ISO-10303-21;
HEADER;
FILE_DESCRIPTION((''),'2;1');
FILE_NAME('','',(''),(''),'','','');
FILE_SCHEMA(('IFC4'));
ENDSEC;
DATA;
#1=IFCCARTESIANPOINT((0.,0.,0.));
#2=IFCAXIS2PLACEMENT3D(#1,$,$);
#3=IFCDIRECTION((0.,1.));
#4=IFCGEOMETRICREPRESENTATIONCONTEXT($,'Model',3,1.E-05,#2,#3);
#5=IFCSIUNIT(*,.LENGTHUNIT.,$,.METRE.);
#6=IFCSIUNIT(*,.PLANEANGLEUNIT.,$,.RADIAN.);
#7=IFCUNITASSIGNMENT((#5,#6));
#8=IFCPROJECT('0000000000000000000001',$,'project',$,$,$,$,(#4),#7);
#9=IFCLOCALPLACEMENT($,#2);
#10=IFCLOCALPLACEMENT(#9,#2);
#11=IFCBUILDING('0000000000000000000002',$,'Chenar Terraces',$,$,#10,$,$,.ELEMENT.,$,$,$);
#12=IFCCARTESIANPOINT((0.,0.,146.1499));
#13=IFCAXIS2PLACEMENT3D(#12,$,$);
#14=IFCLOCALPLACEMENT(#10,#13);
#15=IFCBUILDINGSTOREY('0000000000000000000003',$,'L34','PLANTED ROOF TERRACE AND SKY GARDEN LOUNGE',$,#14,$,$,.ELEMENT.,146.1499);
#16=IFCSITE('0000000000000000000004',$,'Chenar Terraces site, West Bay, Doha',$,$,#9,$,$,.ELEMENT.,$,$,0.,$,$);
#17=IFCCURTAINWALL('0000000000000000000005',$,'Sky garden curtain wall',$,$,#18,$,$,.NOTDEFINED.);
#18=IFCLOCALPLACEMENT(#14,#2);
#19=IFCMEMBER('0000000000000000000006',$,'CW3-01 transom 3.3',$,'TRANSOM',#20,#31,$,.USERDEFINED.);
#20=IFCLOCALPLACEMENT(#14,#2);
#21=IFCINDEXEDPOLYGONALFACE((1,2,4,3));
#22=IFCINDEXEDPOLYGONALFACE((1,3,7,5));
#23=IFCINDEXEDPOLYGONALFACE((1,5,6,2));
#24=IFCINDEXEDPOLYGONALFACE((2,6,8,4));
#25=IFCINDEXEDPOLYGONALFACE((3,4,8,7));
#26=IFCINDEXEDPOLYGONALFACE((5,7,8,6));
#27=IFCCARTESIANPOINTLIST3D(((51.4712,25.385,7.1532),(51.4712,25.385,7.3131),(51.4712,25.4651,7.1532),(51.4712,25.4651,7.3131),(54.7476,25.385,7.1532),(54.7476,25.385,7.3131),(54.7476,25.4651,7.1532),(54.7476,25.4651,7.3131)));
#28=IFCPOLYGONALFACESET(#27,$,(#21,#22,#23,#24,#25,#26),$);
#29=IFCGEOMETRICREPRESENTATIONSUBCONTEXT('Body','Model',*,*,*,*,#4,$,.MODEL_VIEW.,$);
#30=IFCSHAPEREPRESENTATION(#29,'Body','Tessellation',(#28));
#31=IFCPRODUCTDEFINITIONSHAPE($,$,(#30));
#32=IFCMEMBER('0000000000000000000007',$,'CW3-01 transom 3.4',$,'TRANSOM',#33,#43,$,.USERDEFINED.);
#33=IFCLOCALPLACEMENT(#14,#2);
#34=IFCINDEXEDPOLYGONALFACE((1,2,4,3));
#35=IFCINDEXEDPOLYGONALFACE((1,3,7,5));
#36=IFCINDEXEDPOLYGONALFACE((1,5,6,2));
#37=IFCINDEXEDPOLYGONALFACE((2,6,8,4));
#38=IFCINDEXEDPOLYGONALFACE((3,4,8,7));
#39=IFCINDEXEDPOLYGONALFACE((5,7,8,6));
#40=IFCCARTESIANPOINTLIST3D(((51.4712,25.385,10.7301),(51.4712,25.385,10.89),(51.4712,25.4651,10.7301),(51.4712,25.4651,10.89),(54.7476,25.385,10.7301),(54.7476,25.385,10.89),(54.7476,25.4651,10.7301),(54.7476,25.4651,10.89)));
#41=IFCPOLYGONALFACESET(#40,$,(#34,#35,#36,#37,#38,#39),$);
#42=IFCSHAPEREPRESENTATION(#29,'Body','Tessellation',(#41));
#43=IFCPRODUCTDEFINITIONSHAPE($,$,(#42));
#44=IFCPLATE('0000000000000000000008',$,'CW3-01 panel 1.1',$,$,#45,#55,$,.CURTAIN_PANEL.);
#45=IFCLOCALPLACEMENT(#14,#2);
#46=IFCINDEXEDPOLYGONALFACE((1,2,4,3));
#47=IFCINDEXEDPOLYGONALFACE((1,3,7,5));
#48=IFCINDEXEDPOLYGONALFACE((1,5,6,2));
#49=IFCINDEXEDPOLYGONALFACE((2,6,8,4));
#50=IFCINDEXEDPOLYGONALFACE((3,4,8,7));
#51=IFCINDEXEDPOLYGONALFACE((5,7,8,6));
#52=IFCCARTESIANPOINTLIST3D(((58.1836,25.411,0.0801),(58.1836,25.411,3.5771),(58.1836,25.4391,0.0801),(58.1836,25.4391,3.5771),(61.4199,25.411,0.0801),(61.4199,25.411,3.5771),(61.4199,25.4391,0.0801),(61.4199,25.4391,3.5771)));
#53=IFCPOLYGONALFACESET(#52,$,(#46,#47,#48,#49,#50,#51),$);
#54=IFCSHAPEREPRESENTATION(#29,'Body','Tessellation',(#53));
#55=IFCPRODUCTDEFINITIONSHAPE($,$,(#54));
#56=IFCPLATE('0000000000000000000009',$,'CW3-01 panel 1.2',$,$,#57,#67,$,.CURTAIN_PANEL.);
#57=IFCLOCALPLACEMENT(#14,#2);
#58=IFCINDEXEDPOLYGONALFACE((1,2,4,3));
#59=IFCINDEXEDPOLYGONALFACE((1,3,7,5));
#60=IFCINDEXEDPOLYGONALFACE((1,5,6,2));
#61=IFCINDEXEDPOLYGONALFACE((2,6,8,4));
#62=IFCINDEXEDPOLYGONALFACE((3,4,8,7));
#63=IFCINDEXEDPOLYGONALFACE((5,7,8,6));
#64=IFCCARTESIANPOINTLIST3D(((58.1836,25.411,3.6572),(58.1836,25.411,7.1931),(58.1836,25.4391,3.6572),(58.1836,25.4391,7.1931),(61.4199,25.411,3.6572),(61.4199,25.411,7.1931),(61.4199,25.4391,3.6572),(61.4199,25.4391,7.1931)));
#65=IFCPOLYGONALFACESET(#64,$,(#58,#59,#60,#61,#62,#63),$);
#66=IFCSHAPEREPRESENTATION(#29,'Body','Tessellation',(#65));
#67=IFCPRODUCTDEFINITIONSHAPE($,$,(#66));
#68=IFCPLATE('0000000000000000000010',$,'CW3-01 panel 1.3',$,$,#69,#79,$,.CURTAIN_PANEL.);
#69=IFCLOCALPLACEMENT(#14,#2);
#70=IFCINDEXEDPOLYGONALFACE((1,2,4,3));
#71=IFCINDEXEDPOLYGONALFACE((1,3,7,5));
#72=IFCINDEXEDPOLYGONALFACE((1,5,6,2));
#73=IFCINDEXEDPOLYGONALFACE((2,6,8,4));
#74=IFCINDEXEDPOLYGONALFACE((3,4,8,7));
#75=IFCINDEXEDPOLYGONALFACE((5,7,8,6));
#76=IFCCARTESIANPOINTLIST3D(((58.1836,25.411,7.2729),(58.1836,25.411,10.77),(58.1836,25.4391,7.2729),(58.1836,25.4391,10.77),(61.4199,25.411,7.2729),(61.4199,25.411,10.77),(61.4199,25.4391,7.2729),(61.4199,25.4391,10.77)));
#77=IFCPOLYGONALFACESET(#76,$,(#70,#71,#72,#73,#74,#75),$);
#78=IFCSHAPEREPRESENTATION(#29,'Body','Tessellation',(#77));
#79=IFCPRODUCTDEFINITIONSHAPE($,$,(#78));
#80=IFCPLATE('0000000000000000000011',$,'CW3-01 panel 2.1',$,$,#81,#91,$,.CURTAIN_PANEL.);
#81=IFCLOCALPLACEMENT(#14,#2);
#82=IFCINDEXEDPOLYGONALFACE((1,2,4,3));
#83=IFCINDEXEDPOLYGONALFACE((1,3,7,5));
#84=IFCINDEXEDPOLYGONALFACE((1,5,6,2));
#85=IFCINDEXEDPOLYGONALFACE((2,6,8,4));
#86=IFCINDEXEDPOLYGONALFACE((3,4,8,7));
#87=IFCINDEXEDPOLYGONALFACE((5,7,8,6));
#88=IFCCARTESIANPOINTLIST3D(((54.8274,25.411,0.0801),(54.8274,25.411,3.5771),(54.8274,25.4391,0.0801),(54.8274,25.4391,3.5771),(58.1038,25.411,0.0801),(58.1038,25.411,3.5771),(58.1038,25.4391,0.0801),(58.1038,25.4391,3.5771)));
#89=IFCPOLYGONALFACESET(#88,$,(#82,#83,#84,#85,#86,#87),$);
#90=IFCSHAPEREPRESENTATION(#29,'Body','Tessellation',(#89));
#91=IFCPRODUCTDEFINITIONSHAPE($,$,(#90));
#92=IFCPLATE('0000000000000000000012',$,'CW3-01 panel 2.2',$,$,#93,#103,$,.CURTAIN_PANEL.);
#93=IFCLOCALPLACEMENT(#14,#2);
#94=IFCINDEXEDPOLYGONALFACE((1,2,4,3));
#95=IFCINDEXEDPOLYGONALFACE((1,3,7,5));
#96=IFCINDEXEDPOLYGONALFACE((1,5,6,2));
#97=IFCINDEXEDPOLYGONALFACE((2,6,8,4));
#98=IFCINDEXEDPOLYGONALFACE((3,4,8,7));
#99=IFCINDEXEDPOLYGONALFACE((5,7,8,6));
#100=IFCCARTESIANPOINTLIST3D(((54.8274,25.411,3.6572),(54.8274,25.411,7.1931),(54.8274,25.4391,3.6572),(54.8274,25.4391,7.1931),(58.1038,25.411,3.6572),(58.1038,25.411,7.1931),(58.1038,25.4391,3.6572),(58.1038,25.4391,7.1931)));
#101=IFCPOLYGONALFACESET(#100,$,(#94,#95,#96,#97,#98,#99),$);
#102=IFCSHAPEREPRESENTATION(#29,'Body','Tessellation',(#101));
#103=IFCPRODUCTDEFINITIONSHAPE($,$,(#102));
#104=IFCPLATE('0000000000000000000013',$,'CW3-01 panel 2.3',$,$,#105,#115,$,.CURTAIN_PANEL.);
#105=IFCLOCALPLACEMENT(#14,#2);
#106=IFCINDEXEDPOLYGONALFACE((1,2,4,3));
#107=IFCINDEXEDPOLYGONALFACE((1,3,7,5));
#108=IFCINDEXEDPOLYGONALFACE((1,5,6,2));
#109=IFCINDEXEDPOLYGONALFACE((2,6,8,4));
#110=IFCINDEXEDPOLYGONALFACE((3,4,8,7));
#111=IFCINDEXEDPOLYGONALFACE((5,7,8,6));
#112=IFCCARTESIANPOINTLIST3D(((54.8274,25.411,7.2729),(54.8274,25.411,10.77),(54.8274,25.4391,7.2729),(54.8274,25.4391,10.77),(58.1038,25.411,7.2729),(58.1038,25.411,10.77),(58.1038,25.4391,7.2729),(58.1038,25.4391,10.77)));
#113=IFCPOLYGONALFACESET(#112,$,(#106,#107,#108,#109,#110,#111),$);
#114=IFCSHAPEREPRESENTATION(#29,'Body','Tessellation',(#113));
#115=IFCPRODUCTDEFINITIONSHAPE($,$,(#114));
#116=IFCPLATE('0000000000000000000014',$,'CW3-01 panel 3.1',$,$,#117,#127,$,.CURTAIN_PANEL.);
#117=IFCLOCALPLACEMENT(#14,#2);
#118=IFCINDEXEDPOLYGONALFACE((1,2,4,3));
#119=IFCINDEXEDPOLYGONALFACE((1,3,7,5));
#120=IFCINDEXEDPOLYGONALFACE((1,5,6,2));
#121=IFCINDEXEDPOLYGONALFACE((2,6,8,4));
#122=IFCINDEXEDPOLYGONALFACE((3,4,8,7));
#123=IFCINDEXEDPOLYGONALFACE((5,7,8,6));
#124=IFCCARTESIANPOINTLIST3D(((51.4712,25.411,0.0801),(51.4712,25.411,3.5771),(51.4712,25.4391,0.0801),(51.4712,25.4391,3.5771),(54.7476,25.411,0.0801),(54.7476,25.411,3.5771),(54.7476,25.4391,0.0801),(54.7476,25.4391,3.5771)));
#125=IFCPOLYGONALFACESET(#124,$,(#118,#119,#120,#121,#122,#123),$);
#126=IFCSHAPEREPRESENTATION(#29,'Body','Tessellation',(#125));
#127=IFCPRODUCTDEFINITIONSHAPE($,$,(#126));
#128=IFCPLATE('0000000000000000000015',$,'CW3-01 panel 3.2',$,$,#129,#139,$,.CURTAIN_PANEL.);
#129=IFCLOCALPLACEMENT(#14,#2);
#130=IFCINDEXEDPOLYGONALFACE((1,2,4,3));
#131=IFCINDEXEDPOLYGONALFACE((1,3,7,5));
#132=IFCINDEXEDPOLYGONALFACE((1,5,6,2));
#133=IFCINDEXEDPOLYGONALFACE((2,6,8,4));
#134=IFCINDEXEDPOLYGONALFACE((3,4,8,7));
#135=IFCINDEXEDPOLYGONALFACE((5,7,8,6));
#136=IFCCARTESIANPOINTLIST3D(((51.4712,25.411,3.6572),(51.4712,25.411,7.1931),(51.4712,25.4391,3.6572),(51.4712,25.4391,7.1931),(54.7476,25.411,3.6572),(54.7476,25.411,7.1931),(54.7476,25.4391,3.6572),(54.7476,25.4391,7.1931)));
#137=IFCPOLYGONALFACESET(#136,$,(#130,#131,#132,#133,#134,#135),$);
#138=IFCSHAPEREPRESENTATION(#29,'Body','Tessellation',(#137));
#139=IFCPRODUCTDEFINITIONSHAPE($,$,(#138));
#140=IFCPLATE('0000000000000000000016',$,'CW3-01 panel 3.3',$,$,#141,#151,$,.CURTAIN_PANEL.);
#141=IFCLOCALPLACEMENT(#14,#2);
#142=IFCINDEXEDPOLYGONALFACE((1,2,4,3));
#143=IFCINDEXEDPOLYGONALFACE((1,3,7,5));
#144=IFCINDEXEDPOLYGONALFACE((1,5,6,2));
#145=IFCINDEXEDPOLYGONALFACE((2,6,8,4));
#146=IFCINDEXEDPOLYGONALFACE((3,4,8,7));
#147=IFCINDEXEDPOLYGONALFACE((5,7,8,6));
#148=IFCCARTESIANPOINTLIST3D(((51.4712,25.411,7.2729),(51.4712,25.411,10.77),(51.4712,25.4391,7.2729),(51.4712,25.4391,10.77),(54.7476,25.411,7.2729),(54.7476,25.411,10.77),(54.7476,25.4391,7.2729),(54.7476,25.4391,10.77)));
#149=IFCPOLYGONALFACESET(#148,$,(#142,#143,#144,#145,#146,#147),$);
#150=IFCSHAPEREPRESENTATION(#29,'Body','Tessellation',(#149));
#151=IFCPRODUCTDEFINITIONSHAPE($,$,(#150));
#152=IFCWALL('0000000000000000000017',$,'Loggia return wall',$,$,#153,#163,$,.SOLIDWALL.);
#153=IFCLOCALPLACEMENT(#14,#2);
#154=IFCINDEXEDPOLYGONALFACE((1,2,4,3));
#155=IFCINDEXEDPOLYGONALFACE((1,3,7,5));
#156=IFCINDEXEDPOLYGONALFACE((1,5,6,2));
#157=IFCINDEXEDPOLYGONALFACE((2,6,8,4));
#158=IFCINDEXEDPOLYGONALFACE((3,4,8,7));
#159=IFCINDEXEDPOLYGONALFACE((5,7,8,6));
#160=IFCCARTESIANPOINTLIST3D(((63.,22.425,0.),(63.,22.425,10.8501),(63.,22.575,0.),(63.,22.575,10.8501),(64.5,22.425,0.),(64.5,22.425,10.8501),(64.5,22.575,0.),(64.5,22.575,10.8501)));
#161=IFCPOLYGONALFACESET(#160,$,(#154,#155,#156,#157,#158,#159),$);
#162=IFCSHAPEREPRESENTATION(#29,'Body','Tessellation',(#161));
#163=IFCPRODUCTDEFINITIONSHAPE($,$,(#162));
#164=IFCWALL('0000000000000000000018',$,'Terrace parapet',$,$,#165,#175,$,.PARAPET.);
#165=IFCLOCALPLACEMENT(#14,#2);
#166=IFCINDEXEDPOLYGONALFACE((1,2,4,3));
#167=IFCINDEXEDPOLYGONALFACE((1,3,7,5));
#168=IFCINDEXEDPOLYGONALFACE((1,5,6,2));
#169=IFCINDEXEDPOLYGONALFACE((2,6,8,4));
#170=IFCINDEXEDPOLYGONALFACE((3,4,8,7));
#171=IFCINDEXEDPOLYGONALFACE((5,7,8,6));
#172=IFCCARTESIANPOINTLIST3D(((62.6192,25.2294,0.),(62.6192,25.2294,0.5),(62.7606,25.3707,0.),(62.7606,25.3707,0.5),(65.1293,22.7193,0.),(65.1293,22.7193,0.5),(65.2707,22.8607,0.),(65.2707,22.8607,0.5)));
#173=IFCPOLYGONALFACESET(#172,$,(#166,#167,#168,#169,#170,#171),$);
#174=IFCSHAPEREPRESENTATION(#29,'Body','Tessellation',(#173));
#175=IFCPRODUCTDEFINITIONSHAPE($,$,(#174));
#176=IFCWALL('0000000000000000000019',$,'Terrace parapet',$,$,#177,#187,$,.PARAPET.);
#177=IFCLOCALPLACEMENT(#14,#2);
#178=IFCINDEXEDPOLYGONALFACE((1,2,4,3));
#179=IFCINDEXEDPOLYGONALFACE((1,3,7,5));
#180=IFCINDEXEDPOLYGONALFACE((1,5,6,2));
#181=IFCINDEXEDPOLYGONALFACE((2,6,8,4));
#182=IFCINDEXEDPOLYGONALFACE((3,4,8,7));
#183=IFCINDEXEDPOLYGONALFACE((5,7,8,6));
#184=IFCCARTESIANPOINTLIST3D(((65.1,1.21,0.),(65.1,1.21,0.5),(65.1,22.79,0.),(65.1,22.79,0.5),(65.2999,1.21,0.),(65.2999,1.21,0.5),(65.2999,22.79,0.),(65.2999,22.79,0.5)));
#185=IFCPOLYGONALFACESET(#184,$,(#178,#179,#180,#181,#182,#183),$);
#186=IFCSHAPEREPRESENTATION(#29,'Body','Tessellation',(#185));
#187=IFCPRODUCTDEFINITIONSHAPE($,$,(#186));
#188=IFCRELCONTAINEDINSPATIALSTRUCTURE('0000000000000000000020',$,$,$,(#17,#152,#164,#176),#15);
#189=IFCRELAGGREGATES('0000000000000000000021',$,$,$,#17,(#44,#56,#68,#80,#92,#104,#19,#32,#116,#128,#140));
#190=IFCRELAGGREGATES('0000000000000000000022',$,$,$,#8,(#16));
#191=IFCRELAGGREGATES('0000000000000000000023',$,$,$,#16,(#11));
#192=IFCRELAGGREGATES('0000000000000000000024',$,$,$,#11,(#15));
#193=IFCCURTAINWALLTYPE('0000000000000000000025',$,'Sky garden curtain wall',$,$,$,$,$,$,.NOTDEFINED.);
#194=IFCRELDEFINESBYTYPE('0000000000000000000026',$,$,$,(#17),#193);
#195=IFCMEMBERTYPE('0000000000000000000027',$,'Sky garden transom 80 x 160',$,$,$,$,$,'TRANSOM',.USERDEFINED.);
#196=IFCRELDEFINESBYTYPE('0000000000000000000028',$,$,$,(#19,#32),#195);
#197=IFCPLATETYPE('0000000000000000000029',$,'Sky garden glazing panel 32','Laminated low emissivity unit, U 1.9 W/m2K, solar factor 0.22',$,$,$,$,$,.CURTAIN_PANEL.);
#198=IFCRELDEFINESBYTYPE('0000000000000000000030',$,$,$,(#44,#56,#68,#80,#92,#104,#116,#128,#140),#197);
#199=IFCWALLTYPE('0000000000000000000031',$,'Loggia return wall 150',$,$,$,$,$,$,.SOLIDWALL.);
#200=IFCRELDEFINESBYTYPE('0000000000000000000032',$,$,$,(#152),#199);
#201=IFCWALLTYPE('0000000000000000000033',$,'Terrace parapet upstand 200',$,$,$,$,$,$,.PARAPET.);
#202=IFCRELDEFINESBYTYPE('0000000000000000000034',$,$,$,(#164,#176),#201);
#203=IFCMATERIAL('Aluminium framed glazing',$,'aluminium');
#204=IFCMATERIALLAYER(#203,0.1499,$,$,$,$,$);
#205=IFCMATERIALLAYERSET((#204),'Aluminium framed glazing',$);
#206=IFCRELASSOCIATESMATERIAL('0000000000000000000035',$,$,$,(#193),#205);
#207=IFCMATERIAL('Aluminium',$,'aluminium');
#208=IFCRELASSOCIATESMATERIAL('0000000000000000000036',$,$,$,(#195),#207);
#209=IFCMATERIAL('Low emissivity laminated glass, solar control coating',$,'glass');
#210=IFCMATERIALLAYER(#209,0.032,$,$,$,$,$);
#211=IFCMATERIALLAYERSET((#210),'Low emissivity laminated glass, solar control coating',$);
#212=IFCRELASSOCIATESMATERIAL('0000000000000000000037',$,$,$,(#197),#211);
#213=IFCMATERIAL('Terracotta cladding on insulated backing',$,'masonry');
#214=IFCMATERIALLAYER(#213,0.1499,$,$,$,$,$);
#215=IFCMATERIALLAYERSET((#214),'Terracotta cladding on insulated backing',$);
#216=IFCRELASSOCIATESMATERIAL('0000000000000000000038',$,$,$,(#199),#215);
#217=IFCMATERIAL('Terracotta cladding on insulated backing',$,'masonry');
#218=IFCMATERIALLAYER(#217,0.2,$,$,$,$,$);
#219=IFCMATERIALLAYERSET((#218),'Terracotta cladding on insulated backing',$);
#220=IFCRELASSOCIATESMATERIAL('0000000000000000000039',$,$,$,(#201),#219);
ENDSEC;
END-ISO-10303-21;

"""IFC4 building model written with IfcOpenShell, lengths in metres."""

from ifc_helpers import new_model, si_unit, direction, frame, frame_2d, origin, origin_2d, place, context, subcontext, project, spatial, rectangle, extrude, material, layer, layer_set, material_profile, profile_set, type_object, element, aggregate, save


model = new_model("IFC4")

# Units and contexts
model_context = context("Model", 3, precision=1e-05, world=origin(), true_north=direction((0.0, 1.0)))
body_context = subcontext(model_context, "Body", "Model", "MODEL_VIEW")
ifc_project = project(units=[si_unit("LENGTHUNIT", "METRE"), si_unit("PLANEANGLEUNIT", "RADIAN")], contexts=[model_context])

# Site, building, storey
site_placement = place(None, origin())
site = spatial("IfcSite", under=ifc_project, at=site_placement, Name="Chenar Terraces site, West Bay, Doha", CompositionType="ELEMENT", RefElevation=0.0)
building_placement = place(site_placement, origin())
building = spatial("IfcBuilding", under=site, at=building_placement, Name="Chenar Terraces", CompositionType="ELEMENT")
storey_placement = place(building_placement, frame((0.0, 0.0, 146.1499)))
storey = spatial("IfcBuildingStorey", under=building, at=storey_placement, Name="L34", Description="PLANTED ROOF TERRACE AND SKY GARDEN LOUNGE", CompositionType="ELEMENT", Elevation=146.1499)

# Curtain wall, members, plates
ifc_material_1 = material(Name="Aluminium framed glazing", Category="aluminium")
ifc_layer_1 = layer(ifc_material_1, 0.1499)
ifc_layer_set_1 = layer_set([ifc_layer_1], Name="Aluminium framed glazing")
curtain_wall_type = type_object("IfcCurtainWallType", Name="Sky garden curtain wall", PredefinedType="NOTDEFINED", material=ifc_layer_set_1)
curtain_wall_placement = place(storey_placement, origin())
curtain_wall = element("IfcCurtainWall", 1, at=curtain_wall_placement, inside=storey, type_object=curtain_wall_type, Name="Sky garden curtain wall", PredefinedType="NOTDEFINED")
ifc_material_2 = material(Name="Aluminium", Category="aluminium")
ifc_material_profile_1 = material_profile(ifc_material_2, rectangle(XDim=0.0801, YDim=0.1599, at=origin_2d()), Name="Sky garden transom 80 x 160")
ifc_profile_set_1 = profile_set([ifc_material_profile_1], Name="Aluminium")
member_type_1 = type_object("IfcMemberType", Name="Sky garden transom 80 x 160", ElementType="TRANSOM", PredefinedType="USERDEFINED", material=ifc_profile_set_1)
member_1_placement = place(storey_placement, frame((54.7476, 25.425, 7.2332), z_axis=(-1.0, 0.0, 0.0), x_axis=(0.0, -1.0, 0.0)))
member_1 = element("IfcMember", 2, at=member_1_placement, type_object=member_type_1, Name="CW3-01 transom 3.3", ObjectType="TRANSOM", PredefinedType="USERDEFINED", context=body_context, shape_type="SweptSolid", body=[
    extrude(rectangle(XDim=0.0801, YDim=0.1599, at=origin_2d()), origin(), (0.0, 0.0, 1.0), 3.2764),
])
member_2_placement = place(storey_placement, frame((54.7476, 25.425, 10.8101), z_axis=(-1.0, 0.0, 0.0), x_axis=(0.0, -1.0, 0.0)))
member_2 = element("IfcMember", 3, at=member_2_placement, type_object=member_type_1, Name="CW3-01 transom 3.4", ObjectType="TRANSOM", PredefinedType="USERDEFINED", context=body_context, shape_type="SweptSolid", body=[
    extrude(rectangle(XDim=0.0801, YDim=0.1599, at=origin_2d()), origin(), (0.0, 0.0, 1.0), 3.2764),
])
ifc_material_3 = material(Name="Low emissivity laminated glass, solar control coating", Category="glass")
ifc_layer_2 = layer(ifc_material_3, 0.032)
ifc_layer_set_2 = layer_set([ifc_layer_2], Name="Low emissivity laminated glass, solar control coating")
plate_type = type_object("IfcPlateType", Name="Sky garden glazing panel 32", Description="Laminated low emissivity unit, U 1.9 W/m2K, solar factor 0.22", PredefinedType="CURTAIN_PANEL", material=ifc_layer_set_2)
plate_1_placement = place(storey_placement, frame((59.8018, 25.425, 0.0801), z_axis=(0.0, 0.0, 1.0), x_axis=(-1.0, 0.0, 0.0)))
plate_1 = element("IfcPlate", 4, at=plate_1_placement, type_object=plate_type, Name="CW3-01 panel 1.1", PredefinedType="CURTAIN_PANEL", context=body_context, shape_type="SweptSolid", body=[
    extrude(rectangle(XDim=3.2363, YDim=0.0281, at=origin_2d()), origin(), (0.0, 0.0, 1.0), 3.4971),
])
plate_2_placement = place(storey_placement, frame((59.8018, 25.425, 3.6572), z_axis=(0.0, 0.0, 1.0), x_axis=(-1.0, 0.0, 0.0)))
plate_2 = element("IfcPlate", 5, at=plate_2_placement, type_object=plate_type, Name="CW3-01 panel 1.2", PredefinedType="CURTAIN_PANEL", context=body_context, shape_type="SweptSolid", body=[
    extrude(rectangle(XDim=3.2363, YDim=0.0281, at=origin_2d()), origin(), (0.0, 0.0, 1.0), 3.5359),
])
plate_3_placement = place(storey_placement, frame((59.8018, 25.425, 7.2729), z_axis=(0.0, 0.0, 1.0), x_axis=(-1.0, 0.0, 0.0)))
plate_3 = element("IfcPlate", 6, at=plate_3_placement, type_object=plate_type, Name="CW3-01 panel 1.3", PredefinedType="CURTAIN_PANEL", context=body_context, shape_type="SweptSolid", body=[
    extrude(rectangle(XDim=3.2363, YDim=0.0281, at=origin_2d()), origin(), (0.0, 0.0, 1.0), 3.4971),
])
plate_4_placement = place(storey_placement, frame((56.4656, 25.425, 0.0801), z_axis=(0.0, 0.0, 1.0), x_axis=(-1.0, 0.0, 0.0)))
plate_4 = element("IfcPlate", 7, at=plate_4_placement, type_object=plate_type, Name="CW3-01 panel 2.1", PredefinedType="CURTAIN_PANEL", context=body_context, shape_type="SweptSolid", body=[
    extrude(rectangle(XDim=3.2764, YDim=0.0281, at=origin_2d()), origin(), (0.0, 0.0, 1.0), 3.4971),
])
plate_5_placement = place(storey_placement, frame((56.4656, 25.425, 3.6572), z_axis=(0.0, 0.0, 1.0), x_axis=(-1.0, 0.0, 0.0)))
plate_5 = element("IfcPlate", 8, at=plate_5_placement, type_object=plate_type, Name="CW3-01 panel 2.2", PredefinedType="CURTAIN_PANEL", context=body_context, shape_type="SweptSolid", body=[
    extrude(rectangle(XDim=3.2764, YDim=0.0281, at=origin_2d()), origin(), (0.0, 0.0, 1.0), 3.5359),
])
plate_6_placement = place(storey_placement, frame((56.4656, 25.425, 7.2729), z_axis=(0.0, 0.0, 1.0), x_axis=(-1.0, 0.0, 0.0)))
plate_6 = element("IfcPlate", 9, at=plate_6_placement, type_object=plate_type, Name="CW3-01 panel 2.3", PredefinedType="CURTAIN_PANEL", context=body_context, shape_type="SweptSolid", body=[
    extrude(rectangle(XDim=3.2764, YDim=0.0281, at=origin_2d()), origin(), (0.0, 0.0, 1.0), 3.4971),
])
plate_7_placement = place(storey_placement, frame((53.1094, 25.425, 0.0801), z_axis=(0.0, 0.0, 1.0), x_axis=(-1.0, 0.0, 0.0)))
plate_7 = element("IfcPlate", 10, at=plate_7_placement, type_object=plate_type, Name="CW3-01 panel 3.1", PredefinedType="CURTAIN_PANEL", context=body_context, shape_type="SweptSolid", body=[
    extrude(rectangle(XDim=3.2764, YDim=0.0281, at=origin_2d()), origin(), (0.0, 0.0, 1.0), 3.4971),
])
plate_8_placement = place(storey_placement, frame((53.1094, 25.425, 3.6572), z_axis=(0.0, 0.0, 1.0), x_axis=(-1.0, 0.0, 0.0)))
plate_8 = element("IfcPlate", 11, at=plate_8_placement, type_object=plate_type, Name="CW3-01 panel 3.2", PredefinedType="CURTAIN_PANEL", context=body_context, shape_type="SweptSolid", body=[
    extrude(rectangle(XDim=3.2764, YDim=0.0281, at=origin_2d()), origin(), (0.0, 0.0, 1.0), 3.5359),
])
plate_9_placement = place(storey_placement, frame((53.1094, 25.425, 7.2729), z_axis=(0.0, 0.0, 1.0), x_axis=(-1.0, 0.0, 0.0)))
plate_9 = element("IfcPlate", 12, at=plate_9_placement, type_object=plate_type, Name="CW3-01 panel 3.3", PredefinedType="CURTAIN_PANEL", context=body_context, shape_type="SweptSolid", body=[
    extrude(rectangle(XDim=3.2764, YDim=0.0281, at=origin_2d()), origin(), (0.0, 0.0, 1.0), 3.4971),
])
aggregate(curtain_wall, [plate_1, plate_2, plate_3, plate_4, plate_5, plate_6, member_1, member_2, plate_7, plate_8, plate_9])

# Walls
ifc_material_4 = material(Name="Terracotta cladding on insulated backing", Category="masonry")
ifc_layer_3 = layer(ifc_material_4, 0.1499)
ifc_layer_set_3 = layer_set([ifc_layer_3], Name="Terracotta cladding on insulated backing")
wall_type_1 = type_object("IfcWallType", Name="Loggia return wall 150", PredefinedType="SOLIDWALL", material=ifc_layer_set_3)
wall_1_placement = place(storey_placement, frame((64.5, 22.5, 0.0), z_axis=(0.0, 0.0, 1.0), x_axis=(-1.0, 0.0, 0.0)))
element("IfcWall", 13, at=wall_1_placement, inside=storey, type_object=wall_type_1, Name="Loggia return wall", PredefinedType="SOLIDWALL", context=body_context, shape_type="SweptSolid", body=[
    extrude(rectangle(XDim=1.5, YDim=0.1499, at=frame_2d((0.75, 0.0))), origin(), (0.0, 0.0, 1.0), 10.8501),
])
ifc_material_5 = material(Name="Terracotta cladding on insulated backing", Category="masonry")
ifc_layer_4 = layer(ifc_material_5, 0.2)
ifc_layer_set_4 = layer_set([ifc_layer_4], Name="Terracotta cladding on insulated backing")
wall_type_2 = type_object("IfcWallType", Name="Terrace parapet upstand 200", PredefinedType="PARAPET", material=ifc_layer_set_4)
wall_2_placement = place(storey_placement, frame((62.6899, 25.3, 0.0), z_axis=(0.0, 0.0, 1.0), x_axis=(0.707107, -0.707107, 0.0)))
element("IfcWall", 14, at=wall_2_placement, inside=storey, type_object=wall_type_2, Name="Terrace parapet", PredefinedType="PARAPET", context=body_context, shape_type="SweptSolid", body=[
    extrude(rectangle(XDim=3.5498, YDim=0.2, at=frame_2d((1.7749, 0.0))), origin(), (0.0, 0.0, 1.0), 0.5),
])
wall_3_placement = place(storey_placement, frame((65.2, 22.79, 0.0), z_axis=(0.0, 0.0, 1.0), x_axis=(0.0, -1.0, 0.0)))
element("IfcWall", 15, at=wall_3_placement, inside=storey, type_object=wall_type_2, Name="Terrace parapet", PredefinedType="PARAPET", context=body_context, shape_type="SweptSolid", body=[
    extrude(rectangle(XDim=21.5801, YDim=0.2, at=frame_2d((10.79, 0.0))), origin(), (0.0, 0.0, 1.0), 0.5),
])

save(model, "model.ifc")
